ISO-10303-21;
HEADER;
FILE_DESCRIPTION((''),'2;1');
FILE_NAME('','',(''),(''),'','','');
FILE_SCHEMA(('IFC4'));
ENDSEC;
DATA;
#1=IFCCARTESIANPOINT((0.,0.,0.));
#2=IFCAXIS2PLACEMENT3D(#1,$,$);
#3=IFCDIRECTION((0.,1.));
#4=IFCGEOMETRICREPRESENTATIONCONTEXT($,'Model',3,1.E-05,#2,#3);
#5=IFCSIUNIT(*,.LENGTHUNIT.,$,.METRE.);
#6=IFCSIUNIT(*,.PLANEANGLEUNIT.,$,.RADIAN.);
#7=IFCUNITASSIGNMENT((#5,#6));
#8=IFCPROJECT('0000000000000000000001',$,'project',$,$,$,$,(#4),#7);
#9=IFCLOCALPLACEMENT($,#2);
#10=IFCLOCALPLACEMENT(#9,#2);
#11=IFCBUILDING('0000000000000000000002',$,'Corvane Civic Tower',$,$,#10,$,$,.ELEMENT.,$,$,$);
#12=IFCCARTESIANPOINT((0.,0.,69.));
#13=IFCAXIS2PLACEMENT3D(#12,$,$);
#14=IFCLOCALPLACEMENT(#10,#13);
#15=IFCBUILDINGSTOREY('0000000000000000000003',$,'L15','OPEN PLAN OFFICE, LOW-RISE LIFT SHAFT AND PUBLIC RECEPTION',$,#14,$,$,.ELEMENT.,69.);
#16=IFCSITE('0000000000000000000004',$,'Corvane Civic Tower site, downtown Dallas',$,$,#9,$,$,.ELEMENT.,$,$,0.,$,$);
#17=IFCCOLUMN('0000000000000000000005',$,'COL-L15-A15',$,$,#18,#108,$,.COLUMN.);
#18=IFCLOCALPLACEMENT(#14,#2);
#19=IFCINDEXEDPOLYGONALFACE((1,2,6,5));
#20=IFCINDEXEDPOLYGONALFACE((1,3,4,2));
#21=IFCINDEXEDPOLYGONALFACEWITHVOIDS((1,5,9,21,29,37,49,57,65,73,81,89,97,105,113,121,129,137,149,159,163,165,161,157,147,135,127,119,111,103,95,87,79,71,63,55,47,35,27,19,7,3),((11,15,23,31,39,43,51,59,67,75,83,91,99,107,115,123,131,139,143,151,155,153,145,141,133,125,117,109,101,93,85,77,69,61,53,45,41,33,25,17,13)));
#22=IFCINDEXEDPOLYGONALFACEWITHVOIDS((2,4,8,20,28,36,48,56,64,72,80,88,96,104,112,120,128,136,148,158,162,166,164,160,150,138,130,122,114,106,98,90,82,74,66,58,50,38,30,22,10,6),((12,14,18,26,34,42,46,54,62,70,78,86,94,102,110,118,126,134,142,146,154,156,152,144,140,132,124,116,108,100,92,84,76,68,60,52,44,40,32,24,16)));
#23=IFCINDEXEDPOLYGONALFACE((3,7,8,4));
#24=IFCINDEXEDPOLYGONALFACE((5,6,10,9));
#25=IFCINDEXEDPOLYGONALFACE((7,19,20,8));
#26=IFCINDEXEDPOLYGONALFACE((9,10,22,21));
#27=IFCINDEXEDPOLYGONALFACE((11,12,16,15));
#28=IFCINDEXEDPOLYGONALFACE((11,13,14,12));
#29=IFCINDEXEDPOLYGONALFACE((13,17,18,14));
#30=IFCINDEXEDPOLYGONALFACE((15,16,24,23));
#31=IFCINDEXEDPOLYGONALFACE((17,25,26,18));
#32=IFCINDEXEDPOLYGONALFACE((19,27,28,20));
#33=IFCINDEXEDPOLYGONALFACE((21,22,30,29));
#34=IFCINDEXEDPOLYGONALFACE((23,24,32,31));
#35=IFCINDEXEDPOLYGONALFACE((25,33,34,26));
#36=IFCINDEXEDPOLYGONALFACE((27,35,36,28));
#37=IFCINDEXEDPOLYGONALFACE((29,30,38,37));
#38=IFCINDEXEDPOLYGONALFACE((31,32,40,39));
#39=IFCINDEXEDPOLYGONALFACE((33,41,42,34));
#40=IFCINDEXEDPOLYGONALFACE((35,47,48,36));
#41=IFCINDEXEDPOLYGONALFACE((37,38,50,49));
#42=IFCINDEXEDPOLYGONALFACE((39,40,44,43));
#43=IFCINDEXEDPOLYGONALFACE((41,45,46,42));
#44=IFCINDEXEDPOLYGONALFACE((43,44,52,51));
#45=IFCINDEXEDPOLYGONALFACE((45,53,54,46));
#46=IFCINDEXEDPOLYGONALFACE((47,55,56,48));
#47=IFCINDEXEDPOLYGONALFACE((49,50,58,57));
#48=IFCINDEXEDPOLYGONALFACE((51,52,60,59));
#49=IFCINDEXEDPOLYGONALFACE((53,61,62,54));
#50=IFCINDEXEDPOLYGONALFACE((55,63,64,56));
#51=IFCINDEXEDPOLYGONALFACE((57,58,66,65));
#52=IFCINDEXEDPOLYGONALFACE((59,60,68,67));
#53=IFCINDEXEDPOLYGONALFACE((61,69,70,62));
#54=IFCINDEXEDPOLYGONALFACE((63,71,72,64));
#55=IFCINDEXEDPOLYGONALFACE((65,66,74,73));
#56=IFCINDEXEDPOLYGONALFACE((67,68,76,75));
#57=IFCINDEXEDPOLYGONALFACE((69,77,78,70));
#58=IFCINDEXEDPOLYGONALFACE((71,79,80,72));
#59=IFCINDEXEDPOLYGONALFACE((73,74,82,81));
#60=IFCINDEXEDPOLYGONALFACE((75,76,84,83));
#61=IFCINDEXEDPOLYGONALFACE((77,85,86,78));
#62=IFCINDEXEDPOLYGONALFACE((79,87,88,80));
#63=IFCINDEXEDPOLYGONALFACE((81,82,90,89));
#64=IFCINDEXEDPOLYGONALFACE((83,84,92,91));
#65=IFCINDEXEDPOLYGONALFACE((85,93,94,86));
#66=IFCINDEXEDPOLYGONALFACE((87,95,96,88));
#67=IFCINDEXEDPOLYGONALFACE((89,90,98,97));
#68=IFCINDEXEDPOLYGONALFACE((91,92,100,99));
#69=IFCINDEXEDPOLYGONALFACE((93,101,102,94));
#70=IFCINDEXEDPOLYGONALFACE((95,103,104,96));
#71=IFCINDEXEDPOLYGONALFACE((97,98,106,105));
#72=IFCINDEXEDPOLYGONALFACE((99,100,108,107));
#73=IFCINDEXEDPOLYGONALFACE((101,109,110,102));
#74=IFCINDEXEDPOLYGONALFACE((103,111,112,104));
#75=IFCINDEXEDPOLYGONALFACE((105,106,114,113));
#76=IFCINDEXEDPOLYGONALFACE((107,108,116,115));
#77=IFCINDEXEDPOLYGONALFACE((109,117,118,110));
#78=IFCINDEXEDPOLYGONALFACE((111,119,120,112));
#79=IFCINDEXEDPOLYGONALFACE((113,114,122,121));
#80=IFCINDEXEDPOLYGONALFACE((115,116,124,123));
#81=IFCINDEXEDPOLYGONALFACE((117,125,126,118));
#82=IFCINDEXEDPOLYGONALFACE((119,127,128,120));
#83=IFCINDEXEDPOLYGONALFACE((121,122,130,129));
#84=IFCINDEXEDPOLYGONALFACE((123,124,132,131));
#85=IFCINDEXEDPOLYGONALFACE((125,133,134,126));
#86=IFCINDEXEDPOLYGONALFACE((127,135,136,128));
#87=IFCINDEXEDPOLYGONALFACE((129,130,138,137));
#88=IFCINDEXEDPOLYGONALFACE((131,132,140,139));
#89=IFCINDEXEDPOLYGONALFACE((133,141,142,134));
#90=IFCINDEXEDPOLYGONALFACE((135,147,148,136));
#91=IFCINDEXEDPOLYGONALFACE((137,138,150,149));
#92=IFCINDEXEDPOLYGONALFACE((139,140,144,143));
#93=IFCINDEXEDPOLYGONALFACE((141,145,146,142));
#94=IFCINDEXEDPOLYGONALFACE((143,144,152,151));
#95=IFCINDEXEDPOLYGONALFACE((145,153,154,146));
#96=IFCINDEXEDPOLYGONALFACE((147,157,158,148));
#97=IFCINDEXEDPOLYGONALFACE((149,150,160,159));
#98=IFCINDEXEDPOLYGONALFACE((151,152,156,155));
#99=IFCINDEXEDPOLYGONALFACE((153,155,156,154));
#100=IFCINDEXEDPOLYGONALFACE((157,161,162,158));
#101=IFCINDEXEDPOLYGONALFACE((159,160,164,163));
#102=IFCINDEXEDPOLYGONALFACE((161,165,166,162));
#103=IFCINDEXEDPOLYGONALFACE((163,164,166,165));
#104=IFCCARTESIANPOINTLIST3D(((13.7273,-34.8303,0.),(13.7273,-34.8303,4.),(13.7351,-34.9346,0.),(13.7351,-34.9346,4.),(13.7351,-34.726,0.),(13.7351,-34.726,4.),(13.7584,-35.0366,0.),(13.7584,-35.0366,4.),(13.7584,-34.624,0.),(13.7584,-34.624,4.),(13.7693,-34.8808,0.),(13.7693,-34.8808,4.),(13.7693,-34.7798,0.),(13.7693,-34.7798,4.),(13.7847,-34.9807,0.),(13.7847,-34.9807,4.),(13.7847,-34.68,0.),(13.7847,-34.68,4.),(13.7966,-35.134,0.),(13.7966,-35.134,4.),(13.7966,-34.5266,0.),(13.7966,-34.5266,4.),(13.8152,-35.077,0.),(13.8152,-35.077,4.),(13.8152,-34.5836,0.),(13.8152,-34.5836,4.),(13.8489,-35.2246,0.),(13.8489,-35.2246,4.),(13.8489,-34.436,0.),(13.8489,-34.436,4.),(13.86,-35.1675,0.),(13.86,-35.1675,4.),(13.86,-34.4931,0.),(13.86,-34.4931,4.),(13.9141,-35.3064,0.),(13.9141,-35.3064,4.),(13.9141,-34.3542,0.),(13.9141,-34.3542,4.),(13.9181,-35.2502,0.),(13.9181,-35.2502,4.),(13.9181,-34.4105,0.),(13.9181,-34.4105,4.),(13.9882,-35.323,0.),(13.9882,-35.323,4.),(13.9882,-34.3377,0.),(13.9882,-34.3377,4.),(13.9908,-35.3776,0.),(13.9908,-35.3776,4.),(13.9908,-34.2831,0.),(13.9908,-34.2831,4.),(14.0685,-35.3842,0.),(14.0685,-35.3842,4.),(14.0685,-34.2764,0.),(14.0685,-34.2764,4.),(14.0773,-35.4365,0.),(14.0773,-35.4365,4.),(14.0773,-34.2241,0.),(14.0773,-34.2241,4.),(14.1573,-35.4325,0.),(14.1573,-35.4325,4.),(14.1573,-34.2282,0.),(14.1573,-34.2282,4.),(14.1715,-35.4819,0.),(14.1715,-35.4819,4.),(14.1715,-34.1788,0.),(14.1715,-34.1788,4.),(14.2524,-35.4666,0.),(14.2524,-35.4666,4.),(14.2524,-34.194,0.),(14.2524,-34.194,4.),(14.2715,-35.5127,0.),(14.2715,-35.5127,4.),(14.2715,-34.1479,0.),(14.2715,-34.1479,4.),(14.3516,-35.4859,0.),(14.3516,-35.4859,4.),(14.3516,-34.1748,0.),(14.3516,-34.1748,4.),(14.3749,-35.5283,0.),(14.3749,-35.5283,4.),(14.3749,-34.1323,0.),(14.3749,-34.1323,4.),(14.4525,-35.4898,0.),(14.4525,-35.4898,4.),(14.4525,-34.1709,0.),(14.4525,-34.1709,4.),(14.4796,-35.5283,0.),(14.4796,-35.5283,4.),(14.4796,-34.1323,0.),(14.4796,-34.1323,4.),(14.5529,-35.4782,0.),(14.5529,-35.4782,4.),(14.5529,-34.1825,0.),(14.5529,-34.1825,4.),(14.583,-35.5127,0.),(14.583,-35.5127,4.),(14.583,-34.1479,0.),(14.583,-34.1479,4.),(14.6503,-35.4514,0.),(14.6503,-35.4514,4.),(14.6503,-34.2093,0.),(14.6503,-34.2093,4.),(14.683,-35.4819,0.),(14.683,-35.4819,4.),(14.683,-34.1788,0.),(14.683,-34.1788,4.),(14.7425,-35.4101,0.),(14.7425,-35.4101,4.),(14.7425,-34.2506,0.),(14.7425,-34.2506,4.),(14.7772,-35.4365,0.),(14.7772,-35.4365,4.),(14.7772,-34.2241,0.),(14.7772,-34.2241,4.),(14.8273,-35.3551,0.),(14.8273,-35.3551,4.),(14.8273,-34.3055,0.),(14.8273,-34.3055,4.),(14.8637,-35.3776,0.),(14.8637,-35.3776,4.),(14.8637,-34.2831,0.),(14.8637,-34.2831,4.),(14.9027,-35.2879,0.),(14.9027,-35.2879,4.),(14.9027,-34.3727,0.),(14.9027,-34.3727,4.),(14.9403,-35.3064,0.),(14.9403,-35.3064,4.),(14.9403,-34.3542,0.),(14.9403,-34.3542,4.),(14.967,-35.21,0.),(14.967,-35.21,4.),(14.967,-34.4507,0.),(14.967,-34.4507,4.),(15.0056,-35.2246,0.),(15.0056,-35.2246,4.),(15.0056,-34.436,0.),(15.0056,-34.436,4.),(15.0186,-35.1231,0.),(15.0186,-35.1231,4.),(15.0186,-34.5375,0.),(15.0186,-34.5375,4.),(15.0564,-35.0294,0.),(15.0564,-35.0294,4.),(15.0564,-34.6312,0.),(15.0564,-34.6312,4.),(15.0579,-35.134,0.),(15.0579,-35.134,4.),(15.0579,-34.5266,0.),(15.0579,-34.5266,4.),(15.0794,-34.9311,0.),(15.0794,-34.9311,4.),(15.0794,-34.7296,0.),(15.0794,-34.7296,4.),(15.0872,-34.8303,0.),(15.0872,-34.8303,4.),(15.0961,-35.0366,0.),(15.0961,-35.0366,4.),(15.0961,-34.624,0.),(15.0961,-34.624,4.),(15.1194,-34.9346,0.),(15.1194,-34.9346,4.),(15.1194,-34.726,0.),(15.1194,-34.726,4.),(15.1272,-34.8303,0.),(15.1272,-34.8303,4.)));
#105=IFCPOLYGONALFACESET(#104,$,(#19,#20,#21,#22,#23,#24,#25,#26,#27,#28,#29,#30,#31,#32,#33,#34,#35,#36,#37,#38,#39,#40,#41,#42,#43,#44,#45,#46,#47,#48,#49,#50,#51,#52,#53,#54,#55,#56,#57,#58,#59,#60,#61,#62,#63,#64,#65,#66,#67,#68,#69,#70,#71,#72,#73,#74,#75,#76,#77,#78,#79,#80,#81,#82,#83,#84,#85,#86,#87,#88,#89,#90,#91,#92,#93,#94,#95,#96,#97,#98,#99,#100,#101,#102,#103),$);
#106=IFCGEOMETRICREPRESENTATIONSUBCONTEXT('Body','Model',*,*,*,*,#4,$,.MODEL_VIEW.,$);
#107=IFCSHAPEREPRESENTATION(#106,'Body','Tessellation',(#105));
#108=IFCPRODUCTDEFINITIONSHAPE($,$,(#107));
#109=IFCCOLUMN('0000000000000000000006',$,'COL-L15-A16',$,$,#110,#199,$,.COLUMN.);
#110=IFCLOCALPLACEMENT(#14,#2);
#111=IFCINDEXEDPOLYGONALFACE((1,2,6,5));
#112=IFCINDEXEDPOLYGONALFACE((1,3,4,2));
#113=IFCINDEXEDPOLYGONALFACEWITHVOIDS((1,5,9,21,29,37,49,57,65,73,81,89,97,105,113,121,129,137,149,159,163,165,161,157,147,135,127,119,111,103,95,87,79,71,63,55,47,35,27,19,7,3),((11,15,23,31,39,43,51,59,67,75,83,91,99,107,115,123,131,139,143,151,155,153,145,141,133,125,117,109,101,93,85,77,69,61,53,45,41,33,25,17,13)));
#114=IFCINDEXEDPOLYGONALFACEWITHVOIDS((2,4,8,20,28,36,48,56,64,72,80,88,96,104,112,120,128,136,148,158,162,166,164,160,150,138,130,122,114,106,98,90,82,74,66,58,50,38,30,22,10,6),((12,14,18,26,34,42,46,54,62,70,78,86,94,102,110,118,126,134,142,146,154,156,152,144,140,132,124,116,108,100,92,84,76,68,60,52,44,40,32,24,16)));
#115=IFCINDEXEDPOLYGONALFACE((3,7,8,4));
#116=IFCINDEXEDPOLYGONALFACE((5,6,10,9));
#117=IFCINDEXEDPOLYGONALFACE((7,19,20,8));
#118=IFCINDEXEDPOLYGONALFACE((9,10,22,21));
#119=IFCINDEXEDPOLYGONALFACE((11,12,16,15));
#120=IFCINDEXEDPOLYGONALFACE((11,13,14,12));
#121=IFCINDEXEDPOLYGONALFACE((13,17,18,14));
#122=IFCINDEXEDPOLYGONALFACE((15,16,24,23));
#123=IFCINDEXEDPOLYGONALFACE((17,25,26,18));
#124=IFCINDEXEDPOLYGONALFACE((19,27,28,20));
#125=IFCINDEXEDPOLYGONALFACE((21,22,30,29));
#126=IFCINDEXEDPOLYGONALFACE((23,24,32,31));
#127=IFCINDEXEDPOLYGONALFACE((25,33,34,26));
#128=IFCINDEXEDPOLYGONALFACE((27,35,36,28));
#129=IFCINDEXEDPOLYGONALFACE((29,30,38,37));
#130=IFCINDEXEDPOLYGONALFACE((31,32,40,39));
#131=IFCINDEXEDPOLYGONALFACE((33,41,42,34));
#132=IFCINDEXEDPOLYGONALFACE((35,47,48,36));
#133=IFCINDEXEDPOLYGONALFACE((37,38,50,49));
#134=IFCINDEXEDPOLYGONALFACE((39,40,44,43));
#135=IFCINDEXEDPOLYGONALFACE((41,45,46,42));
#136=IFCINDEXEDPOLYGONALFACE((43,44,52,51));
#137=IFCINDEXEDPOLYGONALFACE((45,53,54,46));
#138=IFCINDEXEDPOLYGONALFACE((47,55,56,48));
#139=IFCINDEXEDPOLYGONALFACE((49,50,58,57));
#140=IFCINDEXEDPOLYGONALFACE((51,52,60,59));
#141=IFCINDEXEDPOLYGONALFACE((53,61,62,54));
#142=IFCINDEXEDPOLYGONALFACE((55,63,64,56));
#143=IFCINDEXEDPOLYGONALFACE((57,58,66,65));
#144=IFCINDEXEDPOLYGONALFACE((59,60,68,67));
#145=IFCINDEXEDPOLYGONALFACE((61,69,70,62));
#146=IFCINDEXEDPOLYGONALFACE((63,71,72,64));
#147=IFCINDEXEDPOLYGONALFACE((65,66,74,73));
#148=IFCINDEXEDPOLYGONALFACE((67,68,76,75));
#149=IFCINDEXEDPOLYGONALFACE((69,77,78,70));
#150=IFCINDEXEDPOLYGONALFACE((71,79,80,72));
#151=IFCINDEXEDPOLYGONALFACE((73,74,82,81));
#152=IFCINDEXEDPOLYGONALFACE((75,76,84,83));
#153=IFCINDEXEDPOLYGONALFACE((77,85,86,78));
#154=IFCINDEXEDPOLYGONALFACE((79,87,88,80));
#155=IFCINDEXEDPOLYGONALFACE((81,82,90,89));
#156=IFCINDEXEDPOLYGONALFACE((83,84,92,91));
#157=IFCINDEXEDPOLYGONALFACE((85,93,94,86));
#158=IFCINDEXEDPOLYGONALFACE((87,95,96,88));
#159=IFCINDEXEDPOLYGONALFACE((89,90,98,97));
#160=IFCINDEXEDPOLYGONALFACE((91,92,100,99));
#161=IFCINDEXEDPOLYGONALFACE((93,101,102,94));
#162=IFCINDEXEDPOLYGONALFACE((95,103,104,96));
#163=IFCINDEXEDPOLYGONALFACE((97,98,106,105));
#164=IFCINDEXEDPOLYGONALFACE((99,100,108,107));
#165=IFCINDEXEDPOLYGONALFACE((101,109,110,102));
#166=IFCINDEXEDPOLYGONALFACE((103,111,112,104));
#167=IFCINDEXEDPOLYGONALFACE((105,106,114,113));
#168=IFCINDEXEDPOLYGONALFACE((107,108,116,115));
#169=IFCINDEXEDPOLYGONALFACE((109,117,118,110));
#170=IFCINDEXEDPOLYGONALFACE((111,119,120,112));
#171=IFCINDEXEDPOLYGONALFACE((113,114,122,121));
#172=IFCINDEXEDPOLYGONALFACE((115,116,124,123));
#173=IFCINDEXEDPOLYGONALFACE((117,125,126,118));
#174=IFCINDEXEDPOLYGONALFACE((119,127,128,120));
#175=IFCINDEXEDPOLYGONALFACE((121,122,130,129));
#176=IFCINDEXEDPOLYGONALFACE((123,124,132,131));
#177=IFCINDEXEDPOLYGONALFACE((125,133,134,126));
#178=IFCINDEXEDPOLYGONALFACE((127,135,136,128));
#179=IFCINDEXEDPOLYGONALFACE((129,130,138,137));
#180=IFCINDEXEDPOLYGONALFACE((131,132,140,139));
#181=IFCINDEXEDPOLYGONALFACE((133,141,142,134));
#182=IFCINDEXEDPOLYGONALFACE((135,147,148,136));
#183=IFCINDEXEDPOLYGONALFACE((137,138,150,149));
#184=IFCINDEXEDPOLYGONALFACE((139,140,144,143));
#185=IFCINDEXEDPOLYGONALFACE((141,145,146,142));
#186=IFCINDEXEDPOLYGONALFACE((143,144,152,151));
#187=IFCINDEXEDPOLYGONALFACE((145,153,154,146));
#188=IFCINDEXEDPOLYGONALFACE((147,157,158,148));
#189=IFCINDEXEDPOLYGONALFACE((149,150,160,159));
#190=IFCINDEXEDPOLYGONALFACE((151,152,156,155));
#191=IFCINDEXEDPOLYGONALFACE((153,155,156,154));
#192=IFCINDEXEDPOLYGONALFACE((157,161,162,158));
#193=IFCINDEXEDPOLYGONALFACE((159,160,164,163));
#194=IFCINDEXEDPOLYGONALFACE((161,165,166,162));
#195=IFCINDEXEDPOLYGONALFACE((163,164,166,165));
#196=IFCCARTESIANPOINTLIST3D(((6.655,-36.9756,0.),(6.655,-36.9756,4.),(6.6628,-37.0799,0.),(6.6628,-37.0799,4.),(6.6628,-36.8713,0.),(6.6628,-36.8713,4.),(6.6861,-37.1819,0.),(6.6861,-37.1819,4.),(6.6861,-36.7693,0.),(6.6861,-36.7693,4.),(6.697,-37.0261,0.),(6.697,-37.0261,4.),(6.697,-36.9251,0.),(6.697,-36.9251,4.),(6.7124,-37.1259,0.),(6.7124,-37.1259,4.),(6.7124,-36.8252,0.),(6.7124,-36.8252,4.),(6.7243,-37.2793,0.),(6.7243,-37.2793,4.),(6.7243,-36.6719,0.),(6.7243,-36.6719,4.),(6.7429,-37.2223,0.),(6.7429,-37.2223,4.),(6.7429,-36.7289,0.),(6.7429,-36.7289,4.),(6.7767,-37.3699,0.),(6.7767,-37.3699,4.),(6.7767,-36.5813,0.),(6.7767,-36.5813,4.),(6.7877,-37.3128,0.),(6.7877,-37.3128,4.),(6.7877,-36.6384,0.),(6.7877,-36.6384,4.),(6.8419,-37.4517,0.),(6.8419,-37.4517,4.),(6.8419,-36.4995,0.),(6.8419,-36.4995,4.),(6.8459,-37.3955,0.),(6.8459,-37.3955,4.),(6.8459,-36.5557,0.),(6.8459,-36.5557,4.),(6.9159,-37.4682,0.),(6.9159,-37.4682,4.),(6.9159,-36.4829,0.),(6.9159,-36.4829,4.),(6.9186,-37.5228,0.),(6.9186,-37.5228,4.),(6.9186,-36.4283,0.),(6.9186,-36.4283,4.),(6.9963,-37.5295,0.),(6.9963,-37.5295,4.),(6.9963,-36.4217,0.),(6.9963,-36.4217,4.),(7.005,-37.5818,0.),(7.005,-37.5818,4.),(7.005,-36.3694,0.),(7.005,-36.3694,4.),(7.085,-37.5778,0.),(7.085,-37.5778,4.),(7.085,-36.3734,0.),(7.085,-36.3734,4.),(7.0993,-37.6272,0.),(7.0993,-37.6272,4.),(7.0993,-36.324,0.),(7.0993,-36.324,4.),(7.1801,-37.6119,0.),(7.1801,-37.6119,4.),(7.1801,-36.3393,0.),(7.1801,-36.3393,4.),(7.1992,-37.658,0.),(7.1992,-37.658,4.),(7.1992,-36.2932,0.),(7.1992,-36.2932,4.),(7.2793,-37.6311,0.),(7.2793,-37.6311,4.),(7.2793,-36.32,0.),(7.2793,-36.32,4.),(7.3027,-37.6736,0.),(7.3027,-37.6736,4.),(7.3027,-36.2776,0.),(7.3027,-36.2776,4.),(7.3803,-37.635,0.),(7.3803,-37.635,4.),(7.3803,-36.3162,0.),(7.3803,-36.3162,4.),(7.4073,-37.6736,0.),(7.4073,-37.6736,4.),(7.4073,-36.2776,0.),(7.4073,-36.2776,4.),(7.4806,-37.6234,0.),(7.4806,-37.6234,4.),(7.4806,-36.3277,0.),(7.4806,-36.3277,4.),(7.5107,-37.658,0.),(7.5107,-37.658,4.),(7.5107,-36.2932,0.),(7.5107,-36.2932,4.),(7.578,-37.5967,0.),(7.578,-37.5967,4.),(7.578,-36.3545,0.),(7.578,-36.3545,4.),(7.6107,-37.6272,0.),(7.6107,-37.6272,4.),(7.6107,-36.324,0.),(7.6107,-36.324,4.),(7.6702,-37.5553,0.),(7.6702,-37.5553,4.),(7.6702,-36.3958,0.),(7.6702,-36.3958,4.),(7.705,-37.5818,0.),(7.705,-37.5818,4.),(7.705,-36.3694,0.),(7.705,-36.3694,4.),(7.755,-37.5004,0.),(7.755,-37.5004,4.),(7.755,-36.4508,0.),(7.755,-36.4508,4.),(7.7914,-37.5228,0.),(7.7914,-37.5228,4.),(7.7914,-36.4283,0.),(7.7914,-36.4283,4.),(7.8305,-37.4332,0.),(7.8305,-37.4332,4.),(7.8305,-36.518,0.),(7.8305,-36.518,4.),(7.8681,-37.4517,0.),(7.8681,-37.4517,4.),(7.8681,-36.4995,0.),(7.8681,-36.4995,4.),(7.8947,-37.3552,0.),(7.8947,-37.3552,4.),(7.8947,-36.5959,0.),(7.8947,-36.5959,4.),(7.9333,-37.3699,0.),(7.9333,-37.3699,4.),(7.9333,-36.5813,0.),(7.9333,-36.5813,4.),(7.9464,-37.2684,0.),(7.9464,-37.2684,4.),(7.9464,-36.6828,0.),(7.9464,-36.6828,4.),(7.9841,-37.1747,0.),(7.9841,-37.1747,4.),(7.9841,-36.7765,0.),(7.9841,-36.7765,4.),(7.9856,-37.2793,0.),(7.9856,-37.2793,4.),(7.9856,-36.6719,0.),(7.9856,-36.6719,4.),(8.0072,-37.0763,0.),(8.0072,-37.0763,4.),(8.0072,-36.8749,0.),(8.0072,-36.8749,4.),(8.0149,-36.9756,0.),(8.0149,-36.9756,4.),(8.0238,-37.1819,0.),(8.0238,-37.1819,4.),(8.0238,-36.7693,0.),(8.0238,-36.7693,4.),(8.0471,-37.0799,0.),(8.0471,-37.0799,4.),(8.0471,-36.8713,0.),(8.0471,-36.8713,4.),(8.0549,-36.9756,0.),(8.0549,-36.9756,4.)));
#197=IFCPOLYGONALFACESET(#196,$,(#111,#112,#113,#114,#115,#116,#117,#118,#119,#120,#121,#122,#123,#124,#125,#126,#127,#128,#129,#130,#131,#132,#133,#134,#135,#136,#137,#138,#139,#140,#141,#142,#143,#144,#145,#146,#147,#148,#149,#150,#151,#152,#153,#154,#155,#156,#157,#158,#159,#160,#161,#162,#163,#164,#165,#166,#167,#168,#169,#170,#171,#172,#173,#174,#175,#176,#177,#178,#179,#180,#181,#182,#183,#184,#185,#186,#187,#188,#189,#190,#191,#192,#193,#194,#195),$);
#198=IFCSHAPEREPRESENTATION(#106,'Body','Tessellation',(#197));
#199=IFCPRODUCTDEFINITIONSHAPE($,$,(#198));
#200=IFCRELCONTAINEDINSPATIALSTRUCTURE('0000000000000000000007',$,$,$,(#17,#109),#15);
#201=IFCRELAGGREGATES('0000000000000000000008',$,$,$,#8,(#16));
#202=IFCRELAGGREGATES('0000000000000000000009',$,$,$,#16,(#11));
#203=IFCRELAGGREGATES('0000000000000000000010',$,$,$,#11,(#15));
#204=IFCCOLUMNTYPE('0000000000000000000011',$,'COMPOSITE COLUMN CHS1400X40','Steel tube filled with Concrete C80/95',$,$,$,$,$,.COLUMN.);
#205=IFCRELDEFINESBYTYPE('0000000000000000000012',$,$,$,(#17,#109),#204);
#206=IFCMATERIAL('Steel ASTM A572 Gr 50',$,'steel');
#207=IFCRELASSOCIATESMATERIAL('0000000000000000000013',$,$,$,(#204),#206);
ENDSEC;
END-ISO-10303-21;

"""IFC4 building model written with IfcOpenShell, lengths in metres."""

from ifc_helpers import new_model, si_unit, direction, frame, origin, origin_2d, place, context, subcontext, project, spatial, hollow_circle, extrude, material, material_profile, profile_set, type_object, element, save


model = new_model("IFC4")

# Units and contexts
model_context = context("Model", 3, precision=1e-05, world=origin(), true_north=direction((0.0, 1.0)))
body_context = subcontext(model_context, "Body", "Model", "MODEL_VIEW")
ifc_project = project(units=[si_unit("LENGTHUNIT", "METRE"), si_unit("PLANEANGLEUNIT", "RADIAN")], contexts=[model_context])

# Site, building, storey
site_placement = place(None, origin())
site = spatial("IfcSite", under=ifc_project, at=site_placement, Name="Corvane Civic Tower site, downtown Dallas", CompositionType="ELEMENT", RefElevation=0.0)
building_placement = place(site_placement, origin())
building = spatial("IfcBuilding", under=site, at=building_placement, Name="Corvane Civic Tower", CompositionType="ELEMENT")
storey_placement = place(building_placement, frame((0.0, 0.0, 69.0)))
storey = spatial("IfcBuildingStorey", under=building, at=storey_placement, Name="L15", Description="OPEN PLAN OFFICE, LOW-RISE LIFT SHAFT AND PUBLIC RECEPTION", CompositionType="ELEMENT", Elevation=69.0)

# Columns
ifc_material_1 = material(Name="Steel ASTM A572 Gr 50", Category="steel")
ifc_material_profile_1 = material_profile(ifc_material_1, hollow_circle(Radius=0.7, WallThickness=0.04, at=origin_2d()), Name="CHS1400X40")
ifc_profile_set_1 = profile_set([ifc_material_profile_1], Name="Steel ASTM A572 Gr 50")
column_type = type_object("IfcColumnType", Name="COMPOSITE COLUMN CHS1400X40", Description="Steel tube filled with Concrete C80/95", PredefinedType="COLUMN", material=ifc_profile_set_1)
for number, where, z_axis, x_axis, name in (
    (1, (14.4272, -34.8303, 0.0), (0.0, 0.0, 1.0), (1.0, 0.0, 0.0), "COL-L15-A15"),
    (2, (7.355, -36.9756, 0.0), (0.0, 0.0, 1.0), (1.0, 0.0, 0.0), "COL-L15-A16"),
):
    element("IfcColumn", number, at=place(storey_placement, frame(where, z_axis=z_axis, x_axis=x_axis)), inside=storey, type_object=column_type, Name=name, PredefinedType="COLUMN", context=body_context, shape_type="SweptSolid", body=[
        extrude(hollow_circle(Radius=0.7, WallThickness=0.04, at=origin_2d()), origin(), (0.0, 0.0, 1.0), 4.0),
    ])

save(model, "model.ifc")
